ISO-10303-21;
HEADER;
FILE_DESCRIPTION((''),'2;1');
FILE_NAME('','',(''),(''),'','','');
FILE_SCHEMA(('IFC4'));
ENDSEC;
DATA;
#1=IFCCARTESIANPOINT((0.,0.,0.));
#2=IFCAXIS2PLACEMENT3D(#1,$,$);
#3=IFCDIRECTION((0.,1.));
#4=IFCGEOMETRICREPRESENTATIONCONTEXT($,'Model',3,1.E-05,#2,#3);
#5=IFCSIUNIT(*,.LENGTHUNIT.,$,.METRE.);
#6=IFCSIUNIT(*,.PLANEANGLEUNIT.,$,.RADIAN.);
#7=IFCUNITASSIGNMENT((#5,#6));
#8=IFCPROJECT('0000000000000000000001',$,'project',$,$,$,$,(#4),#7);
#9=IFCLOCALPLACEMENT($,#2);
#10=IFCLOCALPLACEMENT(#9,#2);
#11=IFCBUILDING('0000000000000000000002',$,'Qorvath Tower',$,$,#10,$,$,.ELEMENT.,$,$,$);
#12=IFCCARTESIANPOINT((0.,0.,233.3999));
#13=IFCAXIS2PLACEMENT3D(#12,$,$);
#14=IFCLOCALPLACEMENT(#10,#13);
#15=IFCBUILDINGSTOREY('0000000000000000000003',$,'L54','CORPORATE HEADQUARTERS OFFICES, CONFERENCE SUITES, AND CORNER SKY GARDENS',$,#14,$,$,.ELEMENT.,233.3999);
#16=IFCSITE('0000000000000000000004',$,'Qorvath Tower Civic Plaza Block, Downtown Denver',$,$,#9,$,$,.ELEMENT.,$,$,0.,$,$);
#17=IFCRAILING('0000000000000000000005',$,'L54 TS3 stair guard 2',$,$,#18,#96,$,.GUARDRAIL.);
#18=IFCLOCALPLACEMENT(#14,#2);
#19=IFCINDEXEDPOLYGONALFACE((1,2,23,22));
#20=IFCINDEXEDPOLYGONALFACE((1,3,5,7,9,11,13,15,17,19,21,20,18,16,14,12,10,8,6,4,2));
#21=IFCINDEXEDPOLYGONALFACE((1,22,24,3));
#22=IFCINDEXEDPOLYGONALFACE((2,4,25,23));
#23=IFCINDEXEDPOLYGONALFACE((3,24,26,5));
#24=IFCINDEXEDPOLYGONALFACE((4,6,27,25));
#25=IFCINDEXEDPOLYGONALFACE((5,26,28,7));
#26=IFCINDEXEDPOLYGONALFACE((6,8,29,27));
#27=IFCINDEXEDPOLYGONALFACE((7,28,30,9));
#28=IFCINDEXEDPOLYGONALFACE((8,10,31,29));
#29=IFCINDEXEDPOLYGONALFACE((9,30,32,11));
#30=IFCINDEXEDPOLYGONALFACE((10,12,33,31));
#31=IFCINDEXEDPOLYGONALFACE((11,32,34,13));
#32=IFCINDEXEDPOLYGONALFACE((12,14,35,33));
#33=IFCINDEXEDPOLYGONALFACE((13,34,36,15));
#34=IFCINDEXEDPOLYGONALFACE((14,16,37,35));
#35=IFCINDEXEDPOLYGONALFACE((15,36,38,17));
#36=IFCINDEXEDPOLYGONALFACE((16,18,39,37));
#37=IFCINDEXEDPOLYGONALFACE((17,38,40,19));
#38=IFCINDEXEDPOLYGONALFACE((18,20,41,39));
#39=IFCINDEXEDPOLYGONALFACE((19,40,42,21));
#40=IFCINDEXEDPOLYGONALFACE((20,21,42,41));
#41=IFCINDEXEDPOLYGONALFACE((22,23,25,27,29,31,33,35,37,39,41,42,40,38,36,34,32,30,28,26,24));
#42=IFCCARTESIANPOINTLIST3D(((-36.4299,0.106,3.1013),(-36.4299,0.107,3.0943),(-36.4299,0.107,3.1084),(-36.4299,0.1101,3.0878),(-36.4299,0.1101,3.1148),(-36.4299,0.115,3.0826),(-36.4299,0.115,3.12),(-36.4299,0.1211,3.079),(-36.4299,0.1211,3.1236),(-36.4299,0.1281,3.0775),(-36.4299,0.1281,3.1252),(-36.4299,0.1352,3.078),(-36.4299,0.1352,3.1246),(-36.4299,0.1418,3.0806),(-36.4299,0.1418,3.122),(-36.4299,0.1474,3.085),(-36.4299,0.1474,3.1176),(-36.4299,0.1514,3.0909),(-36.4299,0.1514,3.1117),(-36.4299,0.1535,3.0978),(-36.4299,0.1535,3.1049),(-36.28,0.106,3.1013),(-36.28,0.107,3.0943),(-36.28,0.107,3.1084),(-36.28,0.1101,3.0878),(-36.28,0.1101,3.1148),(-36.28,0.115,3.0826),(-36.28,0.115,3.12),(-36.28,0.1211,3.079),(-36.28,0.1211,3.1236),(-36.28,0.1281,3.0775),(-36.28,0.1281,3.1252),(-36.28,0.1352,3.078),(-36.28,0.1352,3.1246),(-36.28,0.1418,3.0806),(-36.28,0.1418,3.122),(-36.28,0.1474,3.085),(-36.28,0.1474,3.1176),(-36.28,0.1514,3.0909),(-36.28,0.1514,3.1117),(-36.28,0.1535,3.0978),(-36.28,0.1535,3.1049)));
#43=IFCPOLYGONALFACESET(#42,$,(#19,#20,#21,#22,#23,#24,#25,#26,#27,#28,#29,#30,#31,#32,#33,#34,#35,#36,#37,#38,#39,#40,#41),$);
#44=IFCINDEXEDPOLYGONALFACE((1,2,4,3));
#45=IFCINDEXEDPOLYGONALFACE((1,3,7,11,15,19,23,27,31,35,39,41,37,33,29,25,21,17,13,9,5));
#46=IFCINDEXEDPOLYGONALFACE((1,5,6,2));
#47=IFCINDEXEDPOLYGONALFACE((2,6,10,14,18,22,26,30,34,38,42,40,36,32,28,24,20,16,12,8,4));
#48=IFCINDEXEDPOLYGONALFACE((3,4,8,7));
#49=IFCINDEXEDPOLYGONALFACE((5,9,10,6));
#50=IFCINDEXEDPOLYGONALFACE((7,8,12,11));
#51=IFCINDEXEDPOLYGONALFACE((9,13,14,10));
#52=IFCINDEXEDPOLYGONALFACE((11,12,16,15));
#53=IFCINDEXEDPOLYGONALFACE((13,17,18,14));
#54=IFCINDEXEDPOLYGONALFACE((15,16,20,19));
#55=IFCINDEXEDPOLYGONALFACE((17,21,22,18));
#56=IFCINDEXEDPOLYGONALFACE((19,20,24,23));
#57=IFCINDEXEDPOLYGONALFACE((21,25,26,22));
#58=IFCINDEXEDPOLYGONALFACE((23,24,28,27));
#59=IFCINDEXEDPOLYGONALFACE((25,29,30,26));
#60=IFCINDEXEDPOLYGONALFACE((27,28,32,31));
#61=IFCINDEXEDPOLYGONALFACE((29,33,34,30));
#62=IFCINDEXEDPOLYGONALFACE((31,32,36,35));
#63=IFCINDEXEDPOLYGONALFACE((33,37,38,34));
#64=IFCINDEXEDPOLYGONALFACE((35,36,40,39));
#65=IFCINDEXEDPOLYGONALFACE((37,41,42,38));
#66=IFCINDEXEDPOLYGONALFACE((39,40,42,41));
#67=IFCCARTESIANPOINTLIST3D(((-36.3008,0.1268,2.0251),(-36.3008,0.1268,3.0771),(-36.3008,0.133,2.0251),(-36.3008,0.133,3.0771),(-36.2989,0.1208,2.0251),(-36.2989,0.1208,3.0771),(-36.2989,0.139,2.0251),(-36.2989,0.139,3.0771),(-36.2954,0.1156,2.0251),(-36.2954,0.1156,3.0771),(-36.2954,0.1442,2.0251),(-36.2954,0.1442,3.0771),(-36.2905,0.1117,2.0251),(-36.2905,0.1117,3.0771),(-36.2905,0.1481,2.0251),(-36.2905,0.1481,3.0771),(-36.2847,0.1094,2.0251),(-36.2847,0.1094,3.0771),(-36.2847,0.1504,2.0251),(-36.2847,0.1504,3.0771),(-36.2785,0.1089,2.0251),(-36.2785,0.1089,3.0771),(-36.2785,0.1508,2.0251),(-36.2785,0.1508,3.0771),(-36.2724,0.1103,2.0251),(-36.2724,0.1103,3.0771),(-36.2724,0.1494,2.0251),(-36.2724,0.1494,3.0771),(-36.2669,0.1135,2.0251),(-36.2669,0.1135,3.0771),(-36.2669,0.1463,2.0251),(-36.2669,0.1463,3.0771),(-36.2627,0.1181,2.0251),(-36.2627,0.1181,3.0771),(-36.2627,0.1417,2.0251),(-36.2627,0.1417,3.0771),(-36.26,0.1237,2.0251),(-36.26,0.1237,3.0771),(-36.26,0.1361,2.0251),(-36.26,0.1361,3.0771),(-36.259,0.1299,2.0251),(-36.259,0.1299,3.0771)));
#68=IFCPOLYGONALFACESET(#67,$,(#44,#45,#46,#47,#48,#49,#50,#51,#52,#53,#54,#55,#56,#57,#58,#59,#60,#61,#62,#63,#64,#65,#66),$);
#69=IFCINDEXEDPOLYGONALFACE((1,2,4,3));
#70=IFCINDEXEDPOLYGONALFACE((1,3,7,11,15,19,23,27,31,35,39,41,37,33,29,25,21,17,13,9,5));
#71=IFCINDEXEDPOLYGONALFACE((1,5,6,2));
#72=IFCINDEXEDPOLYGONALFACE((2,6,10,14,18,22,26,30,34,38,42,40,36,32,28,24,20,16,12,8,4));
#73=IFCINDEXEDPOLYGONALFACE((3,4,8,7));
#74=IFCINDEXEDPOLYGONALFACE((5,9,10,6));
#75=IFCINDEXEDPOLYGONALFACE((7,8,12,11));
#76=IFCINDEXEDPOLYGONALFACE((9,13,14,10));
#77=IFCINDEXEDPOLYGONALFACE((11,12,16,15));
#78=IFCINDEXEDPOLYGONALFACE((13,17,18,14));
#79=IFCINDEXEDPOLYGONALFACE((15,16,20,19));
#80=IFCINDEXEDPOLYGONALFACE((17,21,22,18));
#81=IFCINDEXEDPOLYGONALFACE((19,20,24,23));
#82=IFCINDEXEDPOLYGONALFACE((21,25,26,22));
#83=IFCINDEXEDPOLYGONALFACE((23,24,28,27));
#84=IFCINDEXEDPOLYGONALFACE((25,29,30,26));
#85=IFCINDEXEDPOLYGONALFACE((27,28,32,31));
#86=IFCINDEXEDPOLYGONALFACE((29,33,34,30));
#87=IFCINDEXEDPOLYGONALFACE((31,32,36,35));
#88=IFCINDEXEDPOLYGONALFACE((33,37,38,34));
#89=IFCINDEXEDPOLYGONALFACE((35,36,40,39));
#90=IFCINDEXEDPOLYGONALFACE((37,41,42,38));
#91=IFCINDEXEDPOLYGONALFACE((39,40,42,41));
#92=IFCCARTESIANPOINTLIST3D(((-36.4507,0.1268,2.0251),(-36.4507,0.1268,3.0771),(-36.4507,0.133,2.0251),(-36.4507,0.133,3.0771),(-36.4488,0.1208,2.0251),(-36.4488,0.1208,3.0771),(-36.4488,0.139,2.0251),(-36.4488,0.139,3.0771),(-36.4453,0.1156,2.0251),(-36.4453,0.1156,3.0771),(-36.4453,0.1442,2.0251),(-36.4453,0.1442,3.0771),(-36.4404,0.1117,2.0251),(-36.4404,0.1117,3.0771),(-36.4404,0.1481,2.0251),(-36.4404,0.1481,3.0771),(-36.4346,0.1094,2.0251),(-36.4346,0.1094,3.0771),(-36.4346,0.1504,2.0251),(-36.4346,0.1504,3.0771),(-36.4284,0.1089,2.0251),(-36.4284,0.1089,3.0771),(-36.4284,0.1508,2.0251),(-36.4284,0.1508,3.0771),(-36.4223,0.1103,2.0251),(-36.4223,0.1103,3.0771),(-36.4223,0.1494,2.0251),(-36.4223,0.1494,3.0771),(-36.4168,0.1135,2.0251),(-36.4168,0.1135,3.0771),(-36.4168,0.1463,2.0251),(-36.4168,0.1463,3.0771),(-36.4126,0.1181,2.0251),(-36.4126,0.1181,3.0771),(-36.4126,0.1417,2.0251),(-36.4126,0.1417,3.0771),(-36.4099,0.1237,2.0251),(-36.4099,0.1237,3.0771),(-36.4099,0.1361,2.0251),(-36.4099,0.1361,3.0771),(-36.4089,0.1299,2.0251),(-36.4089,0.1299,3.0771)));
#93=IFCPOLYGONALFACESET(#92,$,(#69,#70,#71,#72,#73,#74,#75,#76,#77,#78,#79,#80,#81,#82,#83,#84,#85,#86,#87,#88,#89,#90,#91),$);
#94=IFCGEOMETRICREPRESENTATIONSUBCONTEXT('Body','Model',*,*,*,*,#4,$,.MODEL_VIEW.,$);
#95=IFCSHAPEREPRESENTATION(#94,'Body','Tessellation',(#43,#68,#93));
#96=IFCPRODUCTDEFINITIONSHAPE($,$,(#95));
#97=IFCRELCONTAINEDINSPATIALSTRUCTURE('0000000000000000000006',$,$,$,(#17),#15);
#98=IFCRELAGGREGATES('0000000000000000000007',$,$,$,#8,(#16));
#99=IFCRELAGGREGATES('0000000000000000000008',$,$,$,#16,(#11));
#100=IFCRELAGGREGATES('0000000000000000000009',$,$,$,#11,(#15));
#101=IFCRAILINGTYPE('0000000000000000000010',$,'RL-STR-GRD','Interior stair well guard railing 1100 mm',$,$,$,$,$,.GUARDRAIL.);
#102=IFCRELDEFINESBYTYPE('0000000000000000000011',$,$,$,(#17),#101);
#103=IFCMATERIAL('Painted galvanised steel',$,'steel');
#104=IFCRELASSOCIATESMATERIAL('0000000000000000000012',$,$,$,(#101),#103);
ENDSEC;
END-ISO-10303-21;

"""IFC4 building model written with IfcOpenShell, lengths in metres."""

from ifc_helpers import new_model, si_unit, direction, frame, origin, origin_2d, place, context, subcontext, project, spatial, circle, extrude, material, type_object, element, save


model = new_model("IFC4")

# Units and contexts
model_context = context("Model", 3, precision=1e-05, world=origin(), true_north=direction((0.0, 1.0)))
body_context = subcontext(model_context, "Body", "Model", "MODEL_VIEW")
ifc_project = project(units=[si_unit("LENGTHUNIT", "METRE"), si_unit("PLANEANGLEUNIT", "RADIAN")], contexts=[model_context])

# Site, building, storey
site_placement = place(None, origin())
site = spatial("IfcSite", under=ifc_project, at=site_placement, Name="Qorvath Tower Civic Plaza Block, Downtown Denver", CompositionType="ELEMENT", RefElevation=0.0)
building_placement = place(site_placement, origin())
building = spatial("IfcBuilding", under=site, at=building_placement, Name="Qorvath Tower", CompositionType="ELEMENT")
storey_placement = place(building_placement, frame((0.0, 0.0, 233.3999)))
storey = spatial("IfcBuildingStorey", under=building, at=storey_placement, Name="L54", Description="CORPORATE HEADQUARTERS OFFICES, CONFERENCE SUITES, AND CORNER SKY GARDENS", CompositionType="ELEMENT", Elevation=233.3999)

# Railing
ifc_material_1 = material(Name="Painted galvanised steel", Category="steel")
railing_type = type_object("IfcRailingType", Name="RL-STR-GRD", Description="Interior stair well guard railing 1100 mm", PredefinedType="GUARDRAIL", material=ifc_material_1)
railing_1_placement = place(storey_placement, frame((-36.28, 0.1299, 2.0251)))
element("IfcRailing", 1, at=railing_1_placement, inside=storey, type_object=railing_type, Name="L54 TS3 stair guard 2", PredefinedType="GUARDRAIL", context=body_context, shape_type="SweptSolid", body=[
    extrude(circle(Radius=0.0239, at=origin_2d()), frame((0.0, 0.0, 1.0762), z_axis=(-1.0, 0.0, 0.0), x_axis=(0.0, -1.0, 0.0)), (0.0, 0.0, 1.0), 0.1499),
    extrude(circle(Radius=0.021, at=origin_2d()), origin(), (0.0, 0.0, 1.0), 1.052),
    extrude(circle(Radius=0.021, at=origin_2d()), frame((-0.1499, 0.0, 0.0)), (0.0, 0.0, 1.0), 1.052),
])

save(model, "model.ifc")
